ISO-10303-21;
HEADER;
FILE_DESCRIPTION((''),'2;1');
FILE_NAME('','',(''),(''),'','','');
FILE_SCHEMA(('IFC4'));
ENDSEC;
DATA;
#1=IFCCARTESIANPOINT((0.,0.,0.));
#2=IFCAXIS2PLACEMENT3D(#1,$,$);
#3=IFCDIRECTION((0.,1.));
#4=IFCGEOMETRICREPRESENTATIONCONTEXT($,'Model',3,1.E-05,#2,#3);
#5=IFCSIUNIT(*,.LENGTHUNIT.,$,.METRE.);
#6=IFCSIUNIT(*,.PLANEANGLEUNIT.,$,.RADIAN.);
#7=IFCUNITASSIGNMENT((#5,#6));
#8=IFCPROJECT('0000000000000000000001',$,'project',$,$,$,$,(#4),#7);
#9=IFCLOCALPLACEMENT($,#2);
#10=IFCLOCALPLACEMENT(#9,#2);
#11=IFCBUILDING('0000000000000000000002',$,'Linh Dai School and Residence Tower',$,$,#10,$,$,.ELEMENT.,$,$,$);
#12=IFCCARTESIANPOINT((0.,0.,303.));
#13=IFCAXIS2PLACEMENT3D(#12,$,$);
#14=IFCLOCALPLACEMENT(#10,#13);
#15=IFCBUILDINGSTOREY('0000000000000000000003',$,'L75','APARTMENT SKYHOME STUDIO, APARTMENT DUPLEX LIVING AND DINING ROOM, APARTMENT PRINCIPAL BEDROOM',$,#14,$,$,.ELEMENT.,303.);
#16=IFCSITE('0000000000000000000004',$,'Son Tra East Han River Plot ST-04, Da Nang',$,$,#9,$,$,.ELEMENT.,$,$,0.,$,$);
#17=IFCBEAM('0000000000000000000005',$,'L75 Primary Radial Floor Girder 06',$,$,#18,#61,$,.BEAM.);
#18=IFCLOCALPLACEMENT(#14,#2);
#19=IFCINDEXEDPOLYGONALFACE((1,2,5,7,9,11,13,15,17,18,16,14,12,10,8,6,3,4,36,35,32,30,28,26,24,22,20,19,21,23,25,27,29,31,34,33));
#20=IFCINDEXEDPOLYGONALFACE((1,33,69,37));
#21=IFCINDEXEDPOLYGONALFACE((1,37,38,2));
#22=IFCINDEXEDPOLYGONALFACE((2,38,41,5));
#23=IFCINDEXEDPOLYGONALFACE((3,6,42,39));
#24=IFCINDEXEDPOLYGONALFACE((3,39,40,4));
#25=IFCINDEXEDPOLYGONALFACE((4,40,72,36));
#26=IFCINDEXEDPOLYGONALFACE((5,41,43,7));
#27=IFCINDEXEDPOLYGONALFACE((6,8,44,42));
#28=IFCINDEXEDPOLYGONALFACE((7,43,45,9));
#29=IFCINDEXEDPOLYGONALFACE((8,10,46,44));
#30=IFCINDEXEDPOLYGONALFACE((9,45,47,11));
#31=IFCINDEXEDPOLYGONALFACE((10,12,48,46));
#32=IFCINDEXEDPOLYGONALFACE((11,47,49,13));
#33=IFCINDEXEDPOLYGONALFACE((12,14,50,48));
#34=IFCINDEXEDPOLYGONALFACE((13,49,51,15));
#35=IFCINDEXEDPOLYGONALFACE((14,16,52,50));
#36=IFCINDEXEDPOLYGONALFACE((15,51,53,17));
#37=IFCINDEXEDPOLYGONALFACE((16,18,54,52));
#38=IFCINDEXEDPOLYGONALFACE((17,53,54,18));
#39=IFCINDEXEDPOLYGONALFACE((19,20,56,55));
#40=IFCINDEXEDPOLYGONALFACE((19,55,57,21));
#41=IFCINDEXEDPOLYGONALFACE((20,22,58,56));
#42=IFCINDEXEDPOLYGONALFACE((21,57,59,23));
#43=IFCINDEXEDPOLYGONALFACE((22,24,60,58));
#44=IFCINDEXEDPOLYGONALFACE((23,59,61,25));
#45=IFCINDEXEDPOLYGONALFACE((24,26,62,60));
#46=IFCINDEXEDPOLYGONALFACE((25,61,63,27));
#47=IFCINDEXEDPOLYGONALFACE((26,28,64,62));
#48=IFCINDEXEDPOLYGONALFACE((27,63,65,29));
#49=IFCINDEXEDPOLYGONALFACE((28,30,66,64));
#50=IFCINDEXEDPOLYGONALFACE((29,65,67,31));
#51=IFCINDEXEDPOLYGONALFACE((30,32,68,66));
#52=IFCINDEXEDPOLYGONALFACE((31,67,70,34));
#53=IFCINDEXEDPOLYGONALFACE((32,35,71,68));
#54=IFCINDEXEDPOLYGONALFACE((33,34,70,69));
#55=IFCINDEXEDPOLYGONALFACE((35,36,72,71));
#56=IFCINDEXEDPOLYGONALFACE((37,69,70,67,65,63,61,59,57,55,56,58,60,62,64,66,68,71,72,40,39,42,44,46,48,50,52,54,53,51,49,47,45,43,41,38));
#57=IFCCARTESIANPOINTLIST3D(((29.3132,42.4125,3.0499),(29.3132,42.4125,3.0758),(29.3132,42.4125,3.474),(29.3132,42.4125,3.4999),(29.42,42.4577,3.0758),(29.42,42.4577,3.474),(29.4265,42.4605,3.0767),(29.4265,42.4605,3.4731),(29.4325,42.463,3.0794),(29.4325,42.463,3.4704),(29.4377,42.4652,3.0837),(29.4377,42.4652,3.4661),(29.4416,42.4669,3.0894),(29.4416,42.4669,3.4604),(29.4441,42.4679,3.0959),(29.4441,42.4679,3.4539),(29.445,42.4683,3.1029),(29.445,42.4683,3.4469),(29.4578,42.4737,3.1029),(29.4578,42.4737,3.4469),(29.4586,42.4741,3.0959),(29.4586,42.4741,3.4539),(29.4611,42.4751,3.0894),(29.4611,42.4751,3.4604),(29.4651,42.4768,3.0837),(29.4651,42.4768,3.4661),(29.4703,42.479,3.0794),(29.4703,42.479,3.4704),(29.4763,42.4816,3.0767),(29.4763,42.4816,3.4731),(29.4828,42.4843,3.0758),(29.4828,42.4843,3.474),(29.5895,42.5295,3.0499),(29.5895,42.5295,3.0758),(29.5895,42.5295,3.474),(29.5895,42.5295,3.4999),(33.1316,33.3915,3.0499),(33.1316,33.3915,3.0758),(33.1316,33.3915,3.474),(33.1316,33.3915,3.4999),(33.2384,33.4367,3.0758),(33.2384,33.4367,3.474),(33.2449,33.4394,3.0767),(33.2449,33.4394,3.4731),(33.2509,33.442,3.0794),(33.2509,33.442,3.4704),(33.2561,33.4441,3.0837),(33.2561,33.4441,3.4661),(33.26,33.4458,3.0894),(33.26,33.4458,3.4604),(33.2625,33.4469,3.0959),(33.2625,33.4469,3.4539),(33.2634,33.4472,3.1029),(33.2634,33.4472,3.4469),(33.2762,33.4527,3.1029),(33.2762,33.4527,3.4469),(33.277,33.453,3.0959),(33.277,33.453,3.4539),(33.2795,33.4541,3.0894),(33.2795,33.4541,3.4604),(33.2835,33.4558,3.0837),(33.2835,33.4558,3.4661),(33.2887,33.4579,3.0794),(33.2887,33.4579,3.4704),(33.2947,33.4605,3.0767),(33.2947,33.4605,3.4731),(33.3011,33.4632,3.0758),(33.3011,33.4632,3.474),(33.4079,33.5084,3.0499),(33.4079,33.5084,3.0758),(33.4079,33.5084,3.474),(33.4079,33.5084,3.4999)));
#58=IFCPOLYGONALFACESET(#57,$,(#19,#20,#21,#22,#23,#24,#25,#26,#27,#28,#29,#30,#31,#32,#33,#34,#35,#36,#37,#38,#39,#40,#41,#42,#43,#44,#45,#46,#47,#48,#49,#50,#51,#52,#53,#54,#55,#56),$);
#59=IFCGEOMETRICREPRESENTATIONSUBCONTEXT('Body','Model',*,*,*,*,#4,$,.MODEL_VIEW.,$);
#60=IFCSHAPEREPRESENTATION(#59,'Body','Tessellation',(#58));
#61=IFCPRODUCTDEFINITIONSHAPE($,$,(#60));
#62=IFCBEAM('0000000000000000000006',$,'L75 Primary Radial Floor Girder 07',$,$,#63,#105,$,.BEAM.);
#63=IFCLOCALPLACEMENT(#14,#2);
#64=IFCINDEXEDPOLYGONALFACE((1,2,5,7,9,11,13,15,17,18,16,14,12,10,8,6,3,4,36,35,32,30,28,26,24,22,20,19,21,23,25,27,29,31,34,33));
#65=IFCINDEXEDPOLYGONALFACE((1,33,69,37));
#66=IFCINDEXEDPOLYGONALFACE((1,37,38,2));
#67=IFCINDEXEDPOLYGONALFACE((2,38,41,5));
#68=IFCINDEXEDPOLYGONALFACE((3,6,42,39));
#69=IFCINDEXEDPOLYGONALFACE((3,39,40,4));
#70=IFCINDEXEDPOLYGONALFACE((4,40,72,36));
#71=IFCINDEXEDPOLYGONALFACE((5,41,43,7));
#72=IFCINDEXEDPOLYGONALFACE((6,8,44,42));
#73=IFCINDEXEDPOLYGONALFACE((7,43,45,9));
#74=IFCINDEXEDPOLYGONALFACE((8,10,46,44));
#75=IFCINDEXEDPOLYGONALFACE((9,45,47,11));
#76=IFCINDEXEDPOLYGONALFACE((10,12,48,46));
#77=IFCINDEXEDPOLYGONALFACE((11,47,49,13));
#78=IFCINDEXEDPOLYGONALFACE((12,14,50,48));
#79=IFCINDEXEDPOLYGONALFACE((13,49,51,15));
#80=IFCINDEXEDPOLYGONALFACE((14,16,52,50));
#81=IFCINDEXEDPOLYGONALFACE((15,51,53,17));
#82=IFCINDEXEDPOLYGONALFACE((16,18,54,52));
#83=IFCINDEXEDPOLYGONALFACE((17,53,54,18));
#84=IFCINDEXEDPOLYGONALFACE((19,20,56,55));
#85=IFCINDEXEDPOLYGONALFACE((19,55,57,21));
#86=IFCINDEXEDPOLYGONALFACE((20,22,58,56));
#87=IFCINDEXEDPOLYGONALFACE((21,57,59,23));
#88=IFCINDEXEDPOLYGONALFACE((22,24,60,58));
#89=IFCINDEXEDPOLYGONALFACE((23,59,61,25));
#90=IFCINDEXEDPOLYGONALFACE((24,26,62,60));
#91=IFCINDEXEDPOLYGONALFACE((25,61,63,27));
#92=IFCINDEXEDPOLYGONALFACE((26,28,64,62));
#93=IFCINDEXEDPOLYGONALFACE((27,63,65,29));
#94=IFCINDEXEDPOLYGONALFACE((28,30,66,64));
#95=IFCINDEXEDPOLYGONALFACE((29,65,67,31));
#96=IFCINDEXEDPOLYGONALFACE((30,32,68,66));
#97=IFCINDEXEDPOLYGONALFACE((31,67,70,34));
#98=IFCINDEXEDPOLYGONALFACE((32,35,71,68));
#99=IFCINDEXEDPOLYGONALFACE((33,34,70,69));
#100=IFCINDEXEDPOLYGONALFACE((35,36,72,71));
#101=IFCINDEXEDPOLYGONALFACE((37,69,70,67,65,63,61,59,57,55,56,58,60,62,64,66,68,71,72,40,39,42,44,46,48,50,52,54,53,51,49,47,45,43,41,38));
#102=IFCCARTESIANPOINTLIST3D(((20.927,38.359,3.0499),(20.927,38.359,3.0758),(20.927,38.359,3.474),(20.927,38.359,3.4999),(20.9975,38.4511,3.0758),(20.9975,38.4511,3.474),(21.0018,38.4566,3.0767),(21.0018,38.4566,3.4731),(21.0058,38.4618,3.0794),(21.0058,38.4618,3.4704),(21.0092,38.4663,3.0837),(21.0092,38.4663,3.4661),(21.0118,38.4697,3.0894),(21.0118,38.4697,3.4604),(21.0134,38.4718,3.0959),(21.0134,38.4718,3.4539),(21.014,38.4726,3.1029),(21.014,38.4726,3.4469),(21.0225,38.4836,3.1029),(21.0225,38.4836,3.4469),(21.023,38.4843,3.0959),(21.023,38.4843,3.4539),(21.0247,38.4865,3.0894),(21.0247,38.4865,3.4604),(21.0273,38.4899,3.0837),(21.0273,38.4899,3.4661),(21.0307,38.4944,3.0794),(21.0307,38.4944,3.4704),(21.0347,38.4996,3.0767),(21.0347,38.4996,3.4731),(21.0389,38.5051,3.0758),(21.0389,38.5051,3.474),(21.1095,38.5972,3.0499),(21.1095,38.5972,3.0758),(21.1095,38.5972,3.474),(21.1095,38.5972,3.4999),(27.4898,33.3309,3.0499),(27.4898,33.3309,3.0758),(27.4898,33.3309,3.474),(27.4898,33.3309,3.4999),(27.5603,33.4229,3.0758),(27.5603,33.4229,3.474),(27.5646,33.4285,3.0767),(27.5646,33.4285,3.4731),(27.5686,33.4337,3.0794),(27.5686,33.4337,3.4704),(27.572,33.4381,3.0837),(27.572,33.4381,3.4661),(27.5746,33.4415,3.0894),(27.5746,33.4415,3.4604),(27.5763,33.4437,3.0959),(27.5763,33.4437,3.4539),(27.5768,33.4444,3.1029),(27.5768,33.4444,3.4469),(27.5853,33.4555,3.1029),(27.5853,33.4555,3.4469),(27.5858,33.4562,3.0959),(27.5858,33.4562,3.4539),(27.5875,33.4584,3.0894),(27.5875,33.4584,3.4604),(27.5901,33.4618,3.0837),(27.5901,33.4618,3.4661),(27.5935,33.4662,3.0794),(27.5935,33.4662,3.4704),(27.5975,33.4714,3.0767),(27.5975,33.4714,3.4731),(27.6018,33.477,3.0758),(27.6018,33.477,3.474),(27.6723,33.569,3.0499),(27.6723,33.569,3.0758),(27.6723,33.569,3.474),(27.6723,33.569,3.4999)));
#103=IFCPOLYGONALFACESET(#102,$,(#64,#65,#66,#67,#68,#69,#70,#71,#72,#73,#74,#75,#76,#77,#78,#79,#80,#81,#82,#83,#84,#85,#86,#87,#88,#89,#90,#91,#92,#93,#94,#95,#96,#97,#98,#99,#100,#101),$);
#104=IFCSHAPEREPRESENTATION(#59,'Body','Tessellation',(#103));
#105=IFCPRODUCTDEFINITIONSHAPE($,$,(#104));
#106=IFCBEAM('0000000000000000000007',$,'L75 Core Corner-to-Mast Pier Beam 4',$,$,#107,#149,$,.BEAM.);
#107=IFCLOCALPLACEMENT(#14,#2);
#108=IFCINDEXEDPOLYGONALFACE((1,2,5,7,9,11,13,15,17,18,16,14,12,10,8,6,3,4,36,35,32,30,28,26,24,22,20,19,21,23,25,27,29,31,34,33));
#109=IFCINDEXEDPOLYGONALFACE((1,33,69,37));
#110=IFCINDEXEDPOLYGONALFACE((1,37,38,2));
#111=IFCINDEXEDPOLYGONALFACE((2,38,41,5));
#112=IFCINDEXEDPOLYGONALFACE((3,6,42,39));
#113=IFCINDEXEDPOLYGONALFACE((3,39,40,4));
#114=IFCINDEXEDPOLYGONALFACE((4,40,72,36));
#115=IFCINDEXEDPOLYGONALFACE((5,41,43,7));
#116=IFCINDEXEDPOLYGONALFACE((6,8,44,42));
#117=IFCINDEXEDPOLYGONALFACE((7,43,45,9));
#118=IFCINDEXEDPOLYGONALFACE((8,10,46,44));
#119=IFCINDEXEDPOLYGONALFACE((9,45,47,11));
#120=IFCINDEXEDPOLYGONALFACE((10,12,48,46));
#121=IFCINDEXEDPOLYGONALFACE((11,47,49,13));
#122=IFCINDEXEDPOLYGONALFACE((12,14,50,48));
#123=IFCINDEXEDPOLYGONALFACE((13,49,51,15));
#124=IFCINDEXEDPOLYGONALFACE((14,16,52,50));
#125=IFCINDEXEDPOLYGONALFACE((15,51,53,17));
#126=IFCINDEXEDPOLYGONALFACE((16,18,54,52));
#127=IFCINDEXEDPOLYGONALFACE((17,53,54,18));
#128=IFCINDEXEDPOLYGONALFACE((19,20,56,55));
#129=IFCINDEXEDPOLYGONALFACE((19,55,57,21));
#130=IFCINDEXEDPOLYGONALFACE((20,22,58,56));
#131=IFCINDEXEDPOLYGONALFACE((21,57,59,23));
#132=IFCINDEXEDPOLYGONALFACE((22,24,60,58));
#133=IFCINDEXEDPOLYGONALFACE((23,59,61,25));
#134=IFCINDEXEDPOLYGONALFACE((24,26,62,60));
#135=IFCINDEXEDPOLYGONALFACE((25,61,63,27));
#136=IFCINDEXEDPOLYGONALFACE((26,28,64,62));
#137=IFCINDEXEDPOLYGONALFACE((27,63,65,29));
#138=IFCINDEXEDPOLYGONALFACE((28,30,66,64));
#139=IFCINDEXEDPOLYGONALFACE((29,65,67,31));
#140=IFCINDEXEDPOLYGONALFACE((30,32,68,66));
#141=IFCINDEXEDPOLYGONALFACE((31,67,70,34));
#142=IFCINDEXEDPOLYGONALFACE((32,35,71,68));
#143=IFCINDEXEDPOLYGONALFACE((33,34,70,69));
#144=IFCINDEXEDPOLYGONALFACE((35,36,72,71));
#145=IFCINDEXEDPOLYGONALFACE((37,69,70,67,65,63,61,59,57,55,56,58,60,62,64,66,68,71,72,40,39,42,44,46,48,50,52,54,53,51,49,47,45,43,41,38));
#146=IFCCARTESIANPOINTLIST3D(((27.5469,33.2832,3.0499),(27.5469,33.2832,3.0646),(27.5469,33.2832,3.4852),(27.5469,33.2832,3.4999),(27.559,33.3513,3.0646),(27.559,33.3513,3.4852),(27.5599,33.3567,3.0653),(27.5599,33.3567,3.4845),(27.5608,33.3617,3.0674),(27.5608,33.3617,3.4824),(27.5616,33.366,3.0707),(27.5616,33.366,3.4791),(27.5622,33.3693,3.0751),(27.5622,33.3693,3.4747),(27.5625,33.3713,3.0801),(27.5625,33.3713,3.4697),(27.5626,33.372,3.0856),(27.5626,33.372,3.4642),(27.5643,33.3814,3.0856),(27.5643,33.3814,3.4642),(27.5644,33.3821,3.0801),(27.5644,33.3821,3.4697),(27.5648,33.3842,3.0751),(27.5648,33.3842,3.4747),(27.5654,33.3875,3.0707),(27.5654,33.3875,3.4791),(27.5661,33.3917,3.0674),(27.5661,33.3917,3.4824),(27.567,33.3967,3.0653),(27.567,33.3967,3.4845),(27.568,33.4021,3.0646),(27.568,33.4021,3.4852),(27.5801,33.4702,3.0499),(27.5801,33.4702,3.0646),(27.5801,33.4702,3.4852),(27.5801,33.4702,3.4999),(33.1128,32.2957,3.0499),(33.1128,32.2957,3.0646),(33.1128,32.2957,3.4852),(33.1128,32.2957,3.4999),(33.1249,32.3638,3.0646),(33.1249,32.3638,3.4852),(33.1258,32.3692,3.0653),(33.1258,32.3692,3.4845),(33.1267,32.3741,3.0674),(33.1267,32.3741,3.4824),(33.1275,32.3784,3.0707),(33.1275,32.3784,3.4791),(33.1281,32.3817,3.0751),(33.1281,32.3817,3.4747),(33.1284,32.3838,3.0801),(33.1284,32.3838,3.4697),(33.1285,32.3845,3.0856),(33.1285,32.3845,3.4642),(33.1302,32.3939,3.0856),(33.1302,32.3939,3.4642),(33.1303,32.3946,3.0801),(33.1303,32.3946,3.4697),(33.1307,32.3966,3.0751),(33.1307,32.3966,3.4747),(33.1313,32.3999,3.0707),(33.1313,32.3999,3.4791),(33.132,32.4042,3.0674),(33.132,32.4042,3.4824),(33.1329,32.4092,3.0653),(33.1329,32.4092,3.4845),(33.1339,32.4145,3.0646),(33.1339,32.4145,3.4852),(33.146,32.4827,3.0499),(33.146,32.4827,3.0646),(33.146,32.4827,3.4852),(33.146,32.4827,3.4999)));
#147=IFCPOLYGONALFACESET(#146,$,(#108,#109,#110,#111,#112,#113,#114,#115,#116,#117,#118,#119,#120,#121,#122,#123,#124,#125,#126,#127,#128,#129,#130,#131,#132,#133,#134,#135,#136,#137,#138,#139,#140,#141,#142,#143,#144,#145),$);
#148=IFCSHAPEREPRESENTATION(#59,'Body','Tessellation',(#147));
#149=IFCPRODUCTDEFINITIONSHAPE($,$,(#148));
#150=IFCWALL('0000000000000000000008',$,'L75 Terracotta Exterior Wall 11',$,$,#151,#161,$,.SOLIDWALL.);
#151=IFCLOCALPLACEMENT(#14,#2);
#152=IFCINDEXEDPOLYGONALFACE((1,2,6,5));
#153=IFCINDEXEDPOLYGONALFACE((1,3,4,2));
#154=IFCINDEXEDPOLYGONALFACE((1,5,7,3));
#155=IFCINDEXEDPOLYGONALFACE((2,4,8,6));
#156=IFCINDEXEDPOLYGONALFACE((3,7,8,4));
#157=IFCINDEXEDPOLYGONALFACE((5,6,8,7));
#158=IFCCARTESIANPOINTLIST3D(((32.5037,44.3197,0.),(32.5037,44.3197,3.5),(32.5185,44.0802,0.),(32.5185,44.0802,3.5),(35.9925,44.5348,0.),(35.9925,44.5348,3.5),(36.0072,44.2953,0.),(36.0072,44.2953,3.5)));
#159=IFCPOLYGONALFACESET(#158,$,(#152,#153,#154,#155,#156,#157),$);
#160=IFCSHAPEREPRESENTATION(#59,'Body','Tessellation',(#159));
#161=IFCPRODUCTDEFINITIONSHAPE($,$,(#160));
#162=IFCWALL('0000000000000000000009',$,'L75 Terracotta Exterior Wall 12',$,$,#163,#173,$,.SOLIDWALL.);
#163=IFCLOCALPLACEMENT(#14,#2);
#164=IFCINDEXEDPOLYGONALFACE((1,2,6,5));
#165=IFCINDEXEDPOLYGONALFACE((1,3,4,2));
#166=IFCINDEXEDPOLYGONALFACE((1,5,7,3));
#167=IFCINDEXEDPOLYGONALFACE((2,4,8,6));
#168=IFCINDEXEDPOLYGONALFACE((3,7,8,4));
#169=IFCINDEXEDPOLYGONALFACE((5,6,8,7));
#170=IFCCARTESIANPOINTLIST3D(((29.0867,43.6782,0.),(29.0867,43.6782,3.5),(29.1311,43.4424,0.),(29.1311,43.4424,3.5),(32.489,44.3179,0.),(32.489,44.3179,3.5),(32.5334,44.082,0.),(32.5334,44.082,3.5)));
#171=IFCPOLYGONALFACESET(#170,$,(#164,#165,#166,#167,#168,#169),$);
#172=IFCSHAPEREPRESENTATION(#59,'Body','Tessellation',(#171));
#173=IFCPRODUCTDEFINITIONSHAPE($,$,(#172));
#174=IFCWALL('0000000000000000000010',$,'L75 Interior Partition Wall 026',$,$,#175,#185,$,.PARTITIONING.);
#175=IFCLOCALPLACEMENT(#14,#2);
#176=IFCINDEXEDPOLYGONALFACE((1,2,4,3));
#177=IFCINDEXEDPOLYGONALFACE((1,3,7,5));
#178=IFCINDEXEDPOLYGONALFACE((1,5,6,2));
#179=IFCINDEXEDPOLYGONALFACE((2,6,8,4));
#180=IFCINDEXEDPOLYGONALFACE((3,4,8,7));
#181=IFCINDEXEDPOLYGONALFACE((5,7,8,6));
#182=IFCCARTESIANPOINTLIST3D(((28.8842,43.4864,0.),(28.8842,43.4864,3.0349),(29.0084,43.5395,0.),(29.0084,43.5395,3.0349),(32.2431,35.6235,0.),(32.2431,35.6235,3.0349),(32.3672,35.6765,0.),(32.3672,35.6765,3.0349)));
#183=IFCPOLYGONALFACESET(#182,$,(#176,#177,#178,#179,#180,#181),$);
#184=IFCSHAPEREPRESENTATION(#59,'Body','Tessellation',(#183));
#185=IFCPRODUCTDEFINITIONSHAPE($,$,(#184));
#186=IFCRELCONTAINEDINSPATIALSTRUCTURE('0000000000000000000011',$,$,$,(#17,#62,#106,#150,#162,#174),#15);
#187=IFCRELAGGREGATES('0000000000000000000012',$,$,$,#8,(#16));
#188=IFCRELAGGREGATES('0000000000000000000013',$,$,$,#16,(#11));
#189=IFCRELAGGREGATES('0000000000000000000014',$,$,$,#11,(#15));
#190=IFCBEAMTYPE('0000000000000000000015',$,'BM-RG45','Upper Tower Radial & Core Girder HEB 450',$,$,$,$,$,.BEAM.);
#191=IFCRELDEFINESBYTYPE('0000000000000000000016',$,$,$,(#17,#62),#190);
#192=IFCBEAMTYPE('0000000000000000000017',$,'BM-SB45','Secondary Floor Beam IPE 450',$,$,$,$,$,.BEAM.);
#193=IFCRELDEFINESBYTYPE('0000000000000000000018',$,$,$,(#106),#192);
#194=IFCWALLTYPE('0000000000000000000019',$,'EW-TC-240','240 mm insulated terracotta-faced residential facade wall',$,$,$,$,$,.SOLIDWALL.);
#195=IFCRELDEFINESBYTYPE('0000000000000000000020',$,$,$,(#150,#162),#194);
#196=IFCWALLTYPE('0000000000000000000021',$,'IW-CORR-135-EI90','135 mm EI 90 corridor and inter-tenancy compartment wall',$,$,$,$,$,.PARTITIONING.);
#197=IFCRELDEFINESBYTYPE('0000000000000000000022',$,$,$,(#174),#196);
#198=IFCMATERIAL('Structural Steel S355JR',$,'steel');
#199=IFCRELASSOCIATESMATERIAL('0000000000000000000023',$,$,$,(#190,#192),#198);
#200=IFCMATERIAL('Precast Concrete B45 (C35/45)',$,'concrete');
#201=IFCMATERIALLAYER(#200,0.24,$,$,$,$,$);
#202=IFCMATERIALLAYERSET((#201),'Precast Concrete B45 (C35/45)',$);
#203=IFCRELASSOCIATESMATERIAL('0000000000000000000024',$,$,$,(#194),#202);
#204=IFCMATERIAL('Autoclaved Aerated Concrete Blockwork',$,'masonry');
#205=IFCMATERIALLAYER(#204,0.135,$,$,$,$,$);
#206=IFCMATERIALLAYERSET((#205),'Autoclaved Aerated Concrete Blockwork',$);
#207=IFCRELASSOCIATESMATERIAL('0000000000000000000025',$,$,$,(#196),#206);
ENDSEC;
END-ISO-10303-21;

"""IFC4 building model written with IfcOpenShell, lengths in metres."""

from ifc_helpers import new_model, si_unit, direction, frame, frame_2d, origin, origin_2d, place, context, subcontext, project, spatial, rectangle, i_section, extrude, material, layer, layer_set, material_profile, profile_set, type_object, element, save


model = new_model("IFC4")

# Units and contexts
model_context = context("Model", 3, precision=1e-05, world=origin(), true_north=direction((0.0, 1.0)))
body_context = subcontext(model_context, "Body", "Model", "MODEL_VIEW")
ifc_project = project(units=[si_unit("LENGTHUNIT", "METRE"), si_unit("PLANEANGLEUNIT", "RADIAN")], contexts=[model_context])

# Site, building, storey
site_placement = place(None, origin())
site = spatial("IfcSite", under=ifc_project, at=site_placement, Name="Son Tra East Han River Plot ST-04, Da Nang", CompositionType="ELEMENT", RefElevation=0.0)
building_placement = place(site_placement, origin())
building = spatial("IfcBuilding", under=site, at=building_placement, Name="Linh Dai School and Residence Tower", CompositionType="ELEMENT")
storey_placement = place(building_placement, frame((0.0, 0.0, 303.0)))
storey = spatial("IfcBuildingStorey", under=building, at=storey_placement, Name="L75", Description="APARTMENT SKYHOME STUDIO, APARTMENT DUPLEX LIVING AND DINING ROOM, APARTMENT PRINCIPAL BEDROOM", CompositionType="ELEMENT", Elevation=303.0)

# Shared definitions
ifc_material_1 = material(Name="Structural Steel S355JR", Category="steel")

# Beams
ifc_material_profile_1 = material_profile(ifc_material_1, i_section(OverallWidth=0.3, OverallDepth=0.45, WebThickness=0.0139, FlangeThickness=0.0259, FilletRadius=0.0271, at=origin_2d()), Name="HEB 450")
ifc_profile_set_1 = profile_set([ifc_material_profile_1], Name="Structural Steel S355JR")
beam_type_1 = type_object("IfcBeamType", Name="BM-RG45", Description="Upper Tower Radial & Core Girder HEB 450", PredefinedType="BEAM", material=ifc_profile_set_1)
beam_1_placement = place(storey_placement, frame((33.2698, 33.45, 3.2749), z_axis=(-0.389794, 0.920902, 0.0), x_axis=(-0.920902, -0.389794, 0.0)))
element("IfcBeam", 1, at=beam_1_placement, inside=storey, type_object=beam_type_1, Name="L75 Primary Radial Floor Girder 06", PredefinedType="BEAM", context=body_context, shape_type="SweptSolid", body=[
    extrude(i_section(OverallWidth=0.3, OverallDepth=0.45, WebThickness=0.0139, FlangeThickness=0.0259, FilletRadius=0.0271, at=origin_2d()), origin(), (0.0, 0.0, 1.0), 9.7959),
])
beam_2_placement = place(storey_placement, frame((27.5811, 33.45, 3.2749), z_axis=(-0.793803, 0.608175, 0.0), x_axis=(-0.608175, -0.793803, 0.0)))
element("IfcBeam", 2, at=beam_2_placement, inside=storey, type_object=beam_type_1, Name="L75 Primary Radial Floor Girder 07", PredefinedType="BEAM", context=body_context, shape_type="SweptSolid", body=[
    extrude(i_section(OverallWidth=0.3, OverallDepth=0.45, WebThickness=0.0139, FlangeThickness=0.0259, FilletRadius=0.0271, at=origin_2d()), origin(), (0.0, 0.0, 1.0), 8.2676),
])
ifc_material_profile_2 = material_profile(ifc_material_1, i_section(OverallWidth=0.1899, OverallDepth=0.45, WebThickness=0.0095, FlangeThickness=0.0146, FilletRadius=0.021, at=origin_2d()), Name="IPE 450")
ifc_profile_set_2 = profile_set([ifc_material_profile_2], Name="Structural Steel S355JR")
beam_type_2 = type_object("IfcBeamType", Name="BM-SB45", Description="Secondary Floor Beam IPE 450", PredefinedType="BEAM", material=ifc_profile_set_2)
beam_3_placement = place(storey_placement, frame((27.5635, 33.3767, 3.2749), z_axis=(0.984622, -0.174699, 0.0), x_axis=(0.174699, 0.984622, 0.0)))
element("IfcBeam", 3, at=beam_3_placement, inside=storey, type_object=beam_type_2, Name="L75 Core Corner-to-Mast Pier Beam 4", PredefinedType="BEAM", context=body_context, shape_type="SweptSolid", body=[
    extrude(i_section(OverallWidth=0.1899, OverallDepth=0.45, WebThickness=0.0095, FlangeThickness=0.0146, FilletRadius=0.021, at=origin_2d()), origin(), (0.0, 0.0, 1.0), 5.6528),
])

# Walls
ifc_material_2 = material(Name="Precast Concrete B45 (C35/45)", Category="concrete")
ifc_layer_1 = layer(ifc_material_2, 0.24)
ifc_layer_set_1 = layer_set([ifc_layer_1], Name="Precast Concrete B45 (C35/45)")
wall_type_1 = type_object("IfcWallType", Name="EW-TC-240", Description="240 mm insulated terracotta-faced residential facade wall", PredefinedType="SOLIDWALL", material=ifc_layer_set_1)
wall_1_placement = place(storey_placement, frame((32.5112, 44.2, 0.0), z_axis=(0.0, 0.0, 1.0), x_axis=(0.998105, 0.061535, 0.0)))
element("IfcWall", 4, at=wall_1_placement, inside=storey, type_object=wall_type_1, Name="L75 Terracotta Exterior Wall 11", PredefinedType="SOLIDWALL", context=body_context, shape_type="SweptSolid", body=[
    extrude(rectangle(XDim=3.4954, YDim=0.24, at=frame_2d((1.7476, 0.0))), origin(), (0.0, 0.0, 1.0), 3.5),
])
wall_2_placement = place(storey_placement, frame((29.1089, 43.5603, 0.0), z_axis=(0.0, 0.0, 1.0), x_axis=(0.982783, 0.184765, 0.0)))
element("IfcWall", 5, at=wall_2_placement, inside=storey, type_object=wall_type_1, Name="L75 Terracotta Exterior Wall 12", PredefinedType="SOLIDWALL", context=body_context, shape_type="SweptSolid", body=[
    extrude(rectangle(XDim=3.4619, YDim=0.24, at=frame_2d((1.731, 0.0))), origin(), (0.0, 0.0, 1.0), 3.5),
])
ifc_material_3 = material(Name="Autoclaved Aerated Concrete Blockwork", Category="masonry")
ifc_layer_2 = layer(ifc_material_3, 0.135)
ifc_layer_set_2 = layer_set([ifc_layer_2], Name="Autoclaved Aerated Concrete Blockwork")
wall_type_2 = type_object("IfcWallType", Name="IW-CORR-135-EI90", Description="135 mm EI 90 corridor and inter-tenancy compartment wall", PredefinedType="PARTITIONING", material=ifc_layer_set_2)
wall_3_placement = place(storey_placement, frame((28.9463, 43.5129, 0.0), z_axis=(0.0, 0.0, 1.0), x_axis=(0.392834, -0.91961, 0.0)))
element("IfcWall", 6, at=wall_3_placement, inside=storey, type_object=wall_type_2, Name="L75 Interior Partition Wall 026", PredefinedType="PARTITIONING", context=body_context, shape_type="SweptSolid", body=[
    extrude(rectangle(XDim=8.5503, YDim=0.135, at=frame_2d((4.2751, 0.0))), origin(), (0.0, 0.0, 1.0), 3.0349),
])

save(model, "model.ifc")
